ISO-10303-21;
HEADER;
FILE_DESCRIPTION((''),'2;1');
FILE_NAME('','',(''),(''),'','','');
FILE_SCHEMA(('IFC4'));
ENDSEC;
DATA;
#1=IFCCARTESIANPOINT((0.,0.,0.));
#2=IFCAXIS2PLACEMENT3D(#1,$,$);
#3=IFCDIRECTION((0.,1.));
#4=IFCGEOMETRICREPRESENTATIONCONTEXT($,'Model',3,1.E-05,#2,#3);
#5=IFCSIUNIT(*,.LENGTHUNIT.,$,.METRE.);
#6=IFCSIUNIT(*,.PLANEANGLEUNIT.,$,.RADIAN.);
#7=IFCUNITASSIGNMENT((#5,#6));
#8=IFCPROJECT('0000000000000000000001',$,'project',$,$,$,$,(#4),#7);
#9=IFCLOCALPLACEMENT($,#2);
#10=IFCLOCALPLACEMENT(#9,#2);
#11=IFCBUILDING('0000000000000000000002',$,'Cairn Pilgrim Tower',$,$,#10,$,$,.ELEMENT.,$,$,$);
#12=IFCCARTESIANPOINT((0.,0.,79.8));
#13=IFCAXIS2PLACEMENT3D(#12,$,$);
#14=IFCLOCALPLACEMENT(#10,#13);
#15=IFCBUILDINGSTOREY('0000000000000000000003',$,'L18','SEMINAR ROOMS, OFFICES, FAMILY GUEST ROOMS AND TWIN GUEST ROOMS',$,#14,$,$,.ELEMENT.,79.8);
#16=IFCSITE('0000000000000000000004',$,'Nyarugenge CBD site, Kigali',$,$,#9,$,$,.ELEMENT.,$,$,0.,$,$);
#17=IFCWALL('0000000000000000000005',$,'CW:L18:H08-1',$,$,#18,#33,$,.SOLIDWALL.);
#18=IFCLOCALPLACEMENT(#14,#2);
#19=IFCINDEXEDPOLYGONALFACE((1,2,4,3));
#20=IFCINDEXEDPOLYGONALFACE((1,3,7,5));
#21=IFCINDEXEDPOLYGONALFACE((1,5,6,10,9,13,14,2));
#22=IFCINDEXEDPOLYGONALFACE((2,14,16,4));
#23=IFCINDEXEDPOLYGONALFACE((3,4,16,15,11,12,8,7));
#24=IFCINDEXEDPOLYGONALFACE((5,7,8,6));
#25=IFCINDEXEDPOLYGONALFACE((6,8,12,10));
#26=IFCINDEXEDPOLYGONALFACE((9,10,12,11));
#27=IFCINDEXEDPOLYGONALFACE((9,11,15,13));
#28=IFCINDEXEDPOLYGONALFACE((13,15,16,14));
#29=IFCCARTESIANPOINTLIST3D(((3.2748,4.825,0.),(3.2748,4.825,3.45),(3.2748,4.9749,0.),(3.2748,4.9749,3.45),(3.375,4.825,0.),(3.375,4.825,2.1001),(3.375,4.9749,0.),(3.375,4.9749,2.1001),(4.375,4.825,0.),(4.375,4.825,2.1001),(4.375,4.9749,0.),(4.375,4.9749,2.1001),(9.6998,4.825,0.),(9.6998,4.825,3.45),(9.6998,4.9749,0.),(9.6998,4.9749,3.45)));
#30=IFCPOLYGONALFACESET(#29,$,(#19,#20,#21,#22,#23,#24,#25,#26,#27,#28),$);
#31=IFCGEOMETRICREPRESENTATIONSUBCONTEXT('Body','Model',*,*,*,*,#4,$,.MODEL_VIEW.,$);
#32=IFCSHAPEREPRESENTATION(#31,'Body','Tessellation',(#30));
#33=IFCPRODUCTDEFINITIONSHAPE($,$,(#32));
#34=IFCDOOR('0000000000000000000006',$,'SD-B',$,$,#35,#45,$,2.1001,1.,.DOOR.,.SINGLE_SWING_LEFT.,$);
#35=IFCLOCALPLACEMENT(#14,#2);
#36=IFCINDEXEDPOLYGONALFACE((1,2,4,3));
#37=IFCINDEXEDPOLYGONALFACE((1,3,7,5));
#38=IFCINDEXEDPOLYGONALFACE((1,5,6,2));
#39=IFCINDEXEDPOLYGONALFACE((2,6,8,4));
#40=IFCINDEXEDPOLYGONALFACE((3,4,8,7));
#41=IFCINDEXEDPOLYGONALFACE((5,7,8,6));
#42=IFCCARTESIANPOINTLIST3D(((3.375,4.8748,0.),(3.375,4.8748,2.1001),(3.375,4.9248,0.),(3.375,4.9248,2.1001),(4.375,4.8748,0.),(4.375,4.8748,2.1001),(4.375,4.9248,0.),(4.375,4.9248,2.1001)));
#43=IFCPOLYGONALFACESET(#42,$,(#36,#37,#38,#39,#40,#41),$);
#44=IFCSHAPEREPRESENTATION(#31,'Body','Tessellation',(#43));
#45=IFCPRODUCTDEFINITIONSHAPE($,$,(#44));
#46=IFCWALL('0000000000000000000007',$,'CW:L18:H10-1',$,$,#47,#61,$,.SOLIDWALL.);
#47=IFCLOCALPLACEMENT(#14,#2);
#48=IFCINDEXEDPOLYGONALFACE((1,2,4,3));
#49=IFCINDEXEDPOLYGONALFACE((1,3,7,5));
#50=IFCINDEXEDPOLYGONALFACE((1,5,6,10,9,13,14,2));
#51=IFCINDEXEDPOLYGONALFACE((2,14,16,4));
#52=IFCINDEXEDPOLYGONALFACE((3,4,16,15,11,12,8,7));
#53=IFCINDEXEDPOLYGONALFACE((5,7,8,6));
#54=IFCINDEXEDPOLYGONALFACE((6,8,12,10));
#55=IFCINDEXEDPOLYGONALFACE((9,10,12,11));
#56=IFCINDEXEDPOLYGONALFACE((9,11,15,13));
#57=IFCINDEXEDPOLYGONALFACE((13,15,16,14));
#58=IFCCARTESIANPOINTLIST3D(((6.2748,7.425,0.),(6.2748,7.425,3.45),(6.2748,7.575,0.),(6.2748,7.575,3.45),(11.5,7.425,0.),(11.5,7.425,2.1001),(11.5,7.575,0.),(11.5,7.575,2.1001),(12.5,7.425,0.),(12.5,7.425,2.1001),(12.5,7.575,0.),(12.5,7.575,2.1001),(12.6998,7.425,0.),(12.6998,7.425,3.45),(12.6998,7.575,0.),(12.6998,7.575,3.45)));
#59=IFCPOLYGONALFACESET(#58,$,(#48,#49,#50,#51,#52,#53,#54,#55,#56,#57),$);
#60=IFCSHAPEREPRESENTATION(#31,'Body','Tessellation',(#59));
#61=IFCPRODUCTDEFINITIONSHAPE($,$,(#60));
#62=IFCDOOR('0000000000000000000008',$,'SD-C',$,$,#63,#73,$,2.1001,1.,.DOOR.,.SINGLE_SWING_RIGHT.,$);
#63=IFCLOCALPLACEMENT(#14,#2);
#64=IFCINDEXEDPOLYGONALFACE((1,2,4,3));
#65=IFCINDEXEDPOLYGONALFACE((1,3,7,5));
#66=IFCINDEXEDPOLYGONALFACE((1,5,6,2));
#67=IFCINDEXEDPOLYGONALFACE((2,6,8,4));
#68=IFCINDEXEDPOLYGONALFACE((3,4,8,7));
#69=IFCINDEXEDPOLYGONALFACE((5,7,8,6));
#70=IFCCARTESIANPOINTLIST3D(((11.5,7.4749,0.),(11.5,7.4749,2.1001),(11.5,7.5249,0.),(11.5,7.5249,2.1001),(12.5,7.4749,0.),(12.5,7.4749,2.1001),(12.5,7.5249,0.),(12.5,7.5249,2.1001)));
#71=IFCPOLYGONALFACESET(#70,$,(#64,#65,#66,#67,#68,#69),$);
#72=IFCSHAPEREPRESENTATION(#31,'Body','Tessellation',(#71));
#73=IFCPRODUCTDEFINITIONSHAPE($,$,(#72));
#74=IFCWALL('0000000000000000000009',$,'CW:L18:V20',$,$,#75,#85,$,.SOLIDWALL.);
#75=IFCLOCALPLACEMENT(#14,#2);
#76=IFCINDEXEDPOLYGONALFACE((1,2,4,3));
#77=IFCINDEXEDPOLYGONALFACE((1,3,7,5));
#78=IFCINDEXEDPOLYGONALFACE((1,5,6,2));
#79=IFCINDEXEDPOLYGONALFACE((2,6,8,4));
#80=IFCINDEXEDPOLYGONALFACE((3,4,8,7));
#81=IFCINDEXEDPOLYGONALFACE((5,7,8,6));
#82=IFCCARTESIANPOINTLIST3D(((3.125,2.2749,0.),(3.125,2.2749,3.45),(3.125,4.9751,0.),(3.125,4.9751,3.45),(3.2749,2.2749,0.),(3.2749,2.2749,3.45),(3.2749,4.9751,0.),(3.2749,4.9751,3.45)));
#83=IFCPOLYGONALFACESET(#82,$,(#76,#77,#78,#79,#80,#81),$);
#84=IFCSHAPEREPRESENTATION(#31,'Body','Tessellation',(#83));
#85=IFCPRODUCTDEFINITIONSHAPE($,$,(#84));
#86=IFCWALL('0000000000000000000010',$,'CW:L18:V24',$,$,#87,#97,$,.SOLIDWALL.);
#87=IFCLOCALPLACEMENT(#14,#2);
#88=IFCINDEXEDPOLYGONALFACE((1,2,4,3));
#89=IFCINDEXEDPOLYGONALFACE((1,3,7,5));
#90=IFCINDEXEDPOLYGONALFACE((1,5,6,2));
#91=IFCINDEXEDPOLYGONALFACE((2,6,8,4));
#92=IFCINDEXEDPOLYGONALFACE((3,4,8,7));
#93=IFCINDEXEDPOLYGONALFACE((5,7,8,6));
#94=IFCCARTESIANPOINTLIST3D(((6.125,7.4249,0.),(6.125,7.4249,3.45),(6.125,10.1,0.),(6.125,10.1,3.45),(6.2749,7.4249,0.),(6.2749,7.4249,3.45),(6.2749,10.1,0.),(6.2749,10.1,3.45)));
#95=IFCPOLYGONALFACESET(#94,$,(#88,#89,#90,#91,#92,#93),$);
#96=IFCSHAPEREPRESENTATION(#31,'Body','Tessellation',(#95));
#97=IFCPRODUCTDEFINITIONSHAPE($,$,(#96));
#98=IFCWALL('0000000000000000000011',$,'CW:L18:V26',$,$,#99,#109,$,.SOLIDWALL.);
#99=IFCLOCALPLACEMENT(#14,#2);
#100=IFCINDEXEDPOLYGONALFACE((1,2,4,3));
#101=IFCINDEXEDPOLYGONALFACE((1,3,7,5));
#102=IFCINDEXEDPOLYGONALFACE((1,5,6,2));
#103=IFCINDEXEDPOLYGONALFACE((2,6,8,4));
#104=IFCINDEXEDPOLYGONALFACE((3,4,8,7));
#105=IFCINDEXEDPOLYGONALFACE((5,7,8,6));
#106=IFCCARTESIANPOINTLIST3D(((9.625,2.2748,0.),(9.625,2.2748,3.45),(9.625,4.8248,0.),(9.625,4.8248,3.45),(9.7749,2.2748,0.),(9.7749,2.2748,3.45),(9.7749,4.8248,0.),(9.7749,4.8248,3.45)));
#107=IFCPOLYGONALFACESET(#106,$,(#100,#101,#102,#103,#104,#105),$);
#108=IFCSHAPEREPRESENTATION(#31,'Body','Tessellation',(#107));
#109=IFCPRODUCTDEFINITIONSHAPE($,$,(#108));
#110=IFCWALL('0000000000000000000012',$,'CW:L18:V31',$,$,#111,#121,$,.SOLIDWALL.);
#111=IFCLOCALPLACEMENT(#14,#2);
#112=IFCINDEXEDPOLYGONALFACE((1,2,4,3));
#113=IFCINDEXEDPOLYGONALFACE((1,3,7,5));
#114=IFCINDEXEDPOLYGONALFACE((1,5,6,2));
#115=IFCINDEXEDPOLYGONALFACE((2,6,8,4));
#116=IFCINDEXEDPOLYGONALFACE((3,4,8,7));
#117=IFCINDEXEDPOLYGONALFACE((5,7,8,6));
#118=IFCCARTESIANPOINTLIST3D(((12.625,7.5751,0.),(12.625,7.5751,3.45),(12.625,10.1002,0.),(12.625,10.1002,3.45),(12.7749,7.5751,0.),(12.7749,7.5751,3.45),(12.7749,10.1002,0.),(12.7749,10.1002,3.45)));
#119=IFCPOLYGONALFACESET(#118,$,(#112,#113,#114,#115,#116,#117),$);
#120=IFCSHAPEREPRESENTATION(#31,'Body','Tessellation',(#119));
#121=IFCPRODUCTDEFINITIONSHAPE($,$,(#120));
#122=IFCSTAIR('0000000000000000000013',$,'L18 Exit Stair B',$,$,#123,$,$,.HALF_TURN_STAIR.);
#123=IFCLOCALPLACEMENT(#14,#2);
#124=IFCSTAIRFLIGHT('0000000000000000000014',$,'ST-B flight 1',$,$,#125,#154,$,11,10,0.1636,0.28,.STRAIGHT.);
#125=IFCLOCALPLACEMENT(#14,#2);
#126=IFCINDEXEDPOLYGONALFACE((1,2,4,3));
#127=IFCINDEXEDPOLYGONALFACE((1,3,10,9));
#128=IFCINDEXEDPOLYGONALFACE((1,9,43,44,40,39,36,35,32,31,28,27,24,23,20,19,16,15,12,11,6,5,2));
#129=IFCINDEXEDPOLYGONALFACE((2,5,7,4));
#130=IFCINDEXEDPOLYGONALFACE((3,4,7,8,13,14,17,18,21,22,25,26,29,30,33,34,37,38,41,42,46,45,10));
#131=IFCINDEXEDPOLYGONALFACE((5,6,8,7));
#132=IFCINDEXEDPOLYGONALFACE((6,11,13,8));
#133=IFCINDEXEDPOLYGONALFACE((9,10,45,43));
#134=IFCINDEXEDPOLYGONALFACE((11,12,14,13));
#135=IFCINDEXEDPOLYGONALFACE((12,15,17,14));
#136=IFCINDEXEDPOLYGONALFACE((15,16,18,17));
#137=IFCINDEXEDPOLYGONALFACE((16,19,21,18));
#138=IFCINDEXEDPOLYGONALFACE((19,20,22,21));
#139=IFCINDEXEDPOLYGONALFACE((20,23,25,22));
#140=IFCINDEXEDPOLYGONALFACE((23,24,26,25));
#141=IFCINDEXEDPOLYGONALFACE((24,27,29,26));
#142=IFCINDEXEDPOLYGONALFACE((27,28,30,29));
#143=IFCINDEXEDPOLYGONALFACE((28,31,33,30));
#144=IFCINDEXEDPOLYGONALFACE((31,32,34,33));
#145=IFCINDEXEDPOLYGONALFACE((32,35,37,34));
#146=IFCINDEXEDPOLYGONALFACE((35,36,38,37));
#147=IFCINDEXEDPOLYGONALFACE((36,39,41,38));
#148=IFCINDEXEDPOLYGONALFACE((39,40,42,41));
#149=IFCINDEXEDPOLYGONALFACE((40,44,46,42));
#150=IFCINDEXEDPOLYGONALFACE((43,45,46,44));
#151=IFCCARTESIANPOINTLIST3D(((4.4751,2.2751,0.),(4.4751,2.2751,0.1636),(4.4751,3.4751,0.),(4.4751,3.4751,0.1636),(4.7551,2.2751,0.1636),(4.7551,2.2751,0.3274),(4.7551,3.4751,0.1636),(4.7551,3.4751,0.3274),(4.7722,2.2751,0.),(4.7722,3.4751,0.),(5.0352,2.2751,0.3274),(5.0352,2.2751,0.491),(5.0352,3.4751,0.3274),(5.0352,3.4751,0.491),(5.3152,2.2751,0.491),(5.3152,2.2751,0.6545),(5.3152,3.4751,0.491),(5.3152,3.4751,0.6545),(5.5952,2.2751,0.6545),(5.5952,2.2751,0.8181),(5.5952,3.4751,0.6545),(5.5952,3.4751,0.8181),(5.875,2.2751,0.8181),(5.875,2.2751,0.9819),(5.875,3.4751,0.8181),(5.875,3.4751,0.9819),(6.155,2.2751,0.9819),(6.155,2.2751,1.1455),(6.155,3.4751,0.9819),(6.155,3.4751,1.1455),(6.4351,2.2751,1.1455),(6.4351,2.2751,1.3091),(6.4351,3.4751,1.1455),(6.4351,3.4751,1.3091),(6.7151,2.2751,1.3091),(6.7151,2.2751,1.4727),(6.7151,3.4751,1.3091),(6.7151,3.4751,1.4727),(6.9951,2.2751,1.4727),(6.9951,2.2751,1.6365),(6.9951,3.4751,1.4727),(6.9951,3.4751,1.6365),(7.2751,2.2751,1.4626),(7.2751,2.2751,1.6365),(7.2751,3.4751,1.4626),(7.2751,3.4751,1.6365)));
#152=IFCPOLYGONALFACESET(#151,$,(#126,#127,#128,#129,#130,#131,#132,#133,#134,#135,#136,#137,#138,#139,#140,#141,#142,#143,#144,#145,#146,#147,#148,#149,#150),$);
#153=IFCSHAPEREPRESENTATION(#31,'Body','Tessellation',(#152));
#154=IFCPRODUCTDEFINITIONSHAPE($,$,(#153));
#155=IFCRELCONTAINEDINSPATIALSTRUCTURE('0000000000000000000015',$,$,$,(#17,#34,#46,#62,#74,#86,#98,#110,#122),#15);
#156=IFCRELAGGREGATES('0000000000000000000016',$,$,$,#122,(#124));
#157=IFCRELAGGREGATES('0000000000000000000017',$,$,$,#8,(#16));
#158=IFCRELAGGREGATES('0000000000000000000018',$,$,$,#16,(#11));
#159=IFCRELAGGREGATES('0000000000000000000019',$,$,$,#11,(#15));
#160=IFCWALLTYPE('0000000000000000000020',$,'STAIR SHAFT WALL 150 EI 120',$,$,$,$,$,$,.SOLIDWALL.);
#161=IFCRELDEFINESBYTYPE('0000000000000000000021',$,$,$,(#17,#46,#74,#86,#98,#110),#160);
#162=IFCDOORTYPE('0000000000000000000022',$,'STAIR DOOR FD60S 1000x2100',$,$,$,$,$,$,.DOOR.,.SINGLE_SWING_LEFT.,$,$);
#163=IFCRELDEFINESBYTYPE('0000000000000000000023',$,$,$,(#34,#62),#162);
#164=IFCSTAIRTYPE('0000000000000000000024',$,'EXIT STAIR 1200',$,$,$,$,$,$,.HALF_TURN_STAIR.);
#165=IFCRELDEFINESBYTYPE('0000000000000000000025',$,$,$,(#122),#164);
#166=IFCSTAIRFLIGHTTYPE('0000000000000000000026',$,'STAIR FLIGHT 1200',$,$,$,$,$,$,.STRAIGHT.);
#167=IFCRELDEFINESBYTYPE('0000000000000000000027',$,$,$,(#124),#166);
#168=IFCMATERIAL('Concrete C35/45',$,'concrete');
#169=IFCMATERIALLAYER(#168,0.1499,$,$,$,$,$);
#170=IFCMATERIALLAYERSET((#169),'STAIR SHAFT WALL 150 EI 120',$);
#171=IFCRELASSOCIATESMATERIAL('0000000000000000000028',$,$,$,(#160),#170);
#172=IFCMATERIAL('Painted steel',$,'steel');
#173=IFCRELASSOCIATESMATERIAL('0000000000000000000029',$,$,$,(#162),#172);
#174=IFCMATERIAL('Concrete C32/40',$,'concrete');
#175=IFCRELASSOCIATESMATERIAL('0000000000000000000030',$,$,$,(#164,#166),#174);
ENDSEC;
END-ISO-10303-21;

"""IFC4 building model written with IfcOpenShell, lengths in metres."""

from ifc_helpers import new_model, si_unit, direction, frame, frame_2d, origin, place, context, subcontext, project, spatial, polyline, rectangle, outline, extrude, material, layer, layer_set, type_object, element, fill, aggregate, save


model = new_model("IFC4")

# Units and contexts
model_context = context("Model", 3, precision=1e-05, world=origin(), true_north=direction((0.0, 1.0)))
body_context = subcontext(model_context, "Body", "Model", "MODEL_VIEW")
ifc_project = project(units=[si_unit("LENGTHUNIT", "METRE"), si_unit("PLANEANGLEUNIT", "RADIAN")], contexts=[model_context])

# Site, building, storey
site_placement = place(None, origin())
site = spatial("IfcSite", under=ifc_project, at=site_placement, Name="Nyarugenge CBD site, Kigali", CompositionType="ELEMENT", RefElevation=0.0)
building_placement = place(site_placement, origin())
building = spatial("IfcBuilding", under=site, at=building_placement, Name="Cairn Pilgrim Tower", CompositionType="ELEMENT")
storey_placement = place(building_placement, frame((0.0, 0.0, 79.8)))
storey = spatial("IfcBuildingStorey", under=building, at=storey_placement, Name="L18", Description="SEMINAR ROOMS, OFFICES, FAMILY GUEST ROOMS AND TWIN GUEST ROOMS", CompositionType="ELEMENT", Elevation=79.8)

# Shared definitions
ifc_material_1 = material(Name="Concrete C32/40", Category="concrete")

# Shared definitions
ifc_material_2 = material(Name="Painted steel", Category="steel")

# Shared definitions
ifc_material_3 = material(Name="Concrete C35/45", Category="concrete")
ifc_layer_1 = layer(ifc_material_3, 0.1499)
ifc_layer_set_1 = layer_set([ifc_layer_1], Name="STAIR SHAFT WALL 150 EI 120")
wall_type_1 = type_object("IfcWallType", Name="STAIR SHAFT WALL 150 EI 120", PredefinedType="SOLIDWALL", material=ifc_layer_set_1)

# Walls, openings, doors
wall_1_placement = place(storey_placement, frame((3.2749, 4.8999, 0.0), z_axis=(0.0, 0.0, 1.0), x_axis=(1.0, 0.0, 0.0)))
wall_1 = element("IfcWall", 1, at=wall_1_placement, inside=storey, type_object=wall_type_1, Name="CW:L18:H08-1", PredefinedType="SOLIDWALL", context=body_context, shape_type="SweptSolid", body=[
    extrude(rectangle(XDim=6.425, YDim=0.1499, at=frame_2d((3.2124, 0.0))), origin(), (0.0, 0.0, 1.0), 3.45),
])
opening_1_placement = place(wall_1_placement, frame((0.1001, 0.0, 0.0)))
opening_1 = element("IfcOpeningElement", 2, at=opening_1_placement, cuts=wall_1, PredefinedType="OPENING", context=body_context, shape_type="SweptSolid", body=[
    extrude(rectangle(XDim=1.0, YDim=2.1001, at=frame_2d((0.5, 1.05))), frame((0.0, 0.085, 0.0), z_axis=(0.0, -1.0, 0.0), x_axis=(1.0, 0.0, 0.0)), (0.0, 0.0, 1.0), 0.1699),
])
door_type_1 = type_object("IfcDoorType", Name="STAIR DOOR FD60S 1000x2100", OperationType="SINGLE_SWING_LEFT", PredefinedType="DOOR", material=ifc_material_2)
door_1_placement = place(opening_1_placement, origin())
door_1 = element("IfcDoor", 3, at=door_1_placement, inside=storey, type_object=door_type_1, Name="SD-B", OperationType="SINGLE_SWING_LEFT", OverallHeight=2.1001, OverallWidth=1.0, PredefinedType="DOOR", context=body_context, shape_type="SweptSolid", body=[
    extrude(rectangle(XDim=1.0, YDim=2.1001, at=frame_2d((0.5, 1.05))), frame((0.0, 0.0249, 0.0), z_axis=(0.0, -1.0, 0.0), x_axis=(1.0, 0.0, 0.0)), (0.0, 0.0, 1.0), 0.05),
])
fill(opening_1, door_1)
wall_2_placement = place(storey_placement, frame((6.2749, 7.5, 0.0), z_axis=(0.0, 0.0, 1.0), x_axis=(1.0, 0.0, 0.0)))
wall_2 = element("IfcWall", 4, at=wall_2_placement, inside=storey, type_object=wall_type_1, Name="CW:L18:H10-1", PredefinedType="SOLIDWALL", context=body_context, shape_type="SweptSolid", body=[
    extrude(rectangle(XDim=6.425, YDim=0.1499, at=frame_2d((3.2124, 0.0))), origin(), (0.0, 0.0, 1.0), 3.45),
])
opening_2_placement = place(wall_2_placement, frame((5.2251, 0.0, 0.0)))
opening_2 = element("IfcOpeningElement", 5, at=opening_2_placement, cuts=wall_2, PredefinedType="OPENING", context=body_context, shape_type="SweptSolid", body=[
    extrude(rectangle(XDim=1.0, YDim=2.1001, at=frame_2d((0.5, 1.05))), frame((0.0, 0.085, 0.0), z_axis=(0.0, -1.0, 0.0), x_axis=(1.0, 0.0, 0.0)), (0.0, 0.0, 1.0), 0.1699),
])
door_2_placement = place(opening_2_placement, origin())
door_2 = element("IfcDoor", 6, at=door_2_placement, inside=storey, type_object=door_type_1, Name="SD-C", OperationType="SINGLE_SWING_RIGHT", OverallHeight=2.1001, OverallWidth=1.0, PredefinedType="DOOR", context=body_context, shape_type="SweptSolid", body=[
    extrude(rectangle(XDim=1.0, YDim=2.1001, at=frame_2d((0.5, 1.05))), frame((0.0, 0.0249, 0.0), z_axis=(0.0, -1.0, 0.0), x_axis=(1.0, 0.0, 0.0)), (0.0, 0.0, 1.0), 0.05),
])
fill(opening_2, door_2)

# Walls
wall_3_placement = place(storey_placement, frame((3.2, 2.2749, 0.0), z_axis=(0.0, 0.0, 1.0), x_axis=(0.0, 1.0, 0.0)))
element("IfcWall", 7, at=wall_3_placement, inside=storey, type_object=wall_type_1, Name="CW:L18:V20", PredefinedType="SOLIDWALL", context=body_context, shape_type="SweptSolid", body=[
    extrude(rectangle(XDim=2.7002, YDim=0.1499, at=frame_2d((1.3501, 0.0))), origin(), (0.0, 0.0, 1.0), 3.45),
])
wall_4_placement = place(storey_placement, frame((6.2, 7.425, 0.0), z_axis=(0.0, 0.0, 1.0), x_axis=(0.0, 1.0, 0.0)))
element("IfcWall", 8, at=wall_4_placement, inside=storey, type_object=wall_type_1, Name="CW:L18:V24", PredefinedType="SOLIDWALL", context=body_context, shape_type="SweptSolid", body=[
    extrude(rectangle(XDim=2.675, YDim=0.1499, at=frame_2d((1.3374, 0.0))), origin(), (0.0, 0.0, 1.0), 3.45),
])
wall_5_placement = place(storey_placement, frame((9.7, 2.2749, 0.0), z_axis=(0.0, 0.0, 1.0), x_axis=(0.0, 1.0, 0.0)))
element("IfcWall", 9, at=wall_5_placement, inside=storey, type_object=wall_type_1, Name="CW:L18:V26", PredefinedType="SOLIDWALL", context=body_context, shape_type="SweptSolid", body=[
    extrude(rectangle(XDim=2.55, YDim=0.1499, at=frame_2d((1.2749, 0.0))), origin(), (0.0, 0.0, 1.0), 3.45),
])
wall_6_placement = place(storey_placement, frame((12.7, 7.575, 0.0), z_axis=(0.0, 0.0, 1.0), x_axis=(0.0, 1.0, 0.0)))
element("IfcWall", 10, at=wall_6_placement, inside=storey, type_object=wall_type_1, Name="CW:L18:V31", PredefinedType="SOLIDWALL", context=body_context, shape_type="SweptSolid", body=[
    extrude(rectangle(XDim=2.5251, YDim=0.1499, at=frame_2d((1.2627, 0.0))), origin(), (0.0, 0.0, 1.0), 3.45),
])

# Stair, stair flight
stair_type = type_object("IfcStairType", Name="EXIT STAIR 1200", PredefinedType="HALF_TURN_STAIR", material=ifc_material_1)
stair_1_placement = place(storey_placement, origin())
stair_1 = element("IfcStair", 11, at=stair_1_placement, inside=storey, type_object=stair_type, Name="L18 Exit Stair B", PredefinedType="HALF_TURN_STAIR")
stair_flight_type = type_object("IfcStairFlightType", Name="STAIR FLIGHT 1200", PredefinedType="STRAIGHT", material=ifc_material_1)
stair_flight_1_placement = place(storey_placement, frame((4.4751, 2.875, 0.0), z_axis=(0.0, 0.0, 1.0), x_axis=(1.0, 0.0, 0.0)))
stair_flight_1 = element("IfcStairFlight", 12, at=stair_flight_1_placement, type_object=stair_flight_type, Name="ST-B flight 1", NumberOfRisers=11, NumberOfTreads=10, PredefinedType="STRAIGHT", RiserHeight=0.1636, TreadLength=0.28, context=body_context, shape_type="SweptSolid", body=[
    extrude(outline(polyline([(0.0, 0.0), (0.0, 0.1636), (0.28, 0.1636), (0.28, 0.3274), (0.5601, 0.3274), (0.5601, 0.491), (0.8401, 0.491), (0.8401, 0.6545), (1.1201, 0.6545), (1.1201, 0.8181), (1.3999, 0.8181), (1.3999, 0.9819), (1.6799, 0.9819), (1.6799, 1.1455), (1.96, 1.1455), (1.96, 1.3091), (2.24, 1.3091), (2.24, 1.4727), (2.52, 1.4727), (2.52, 1.6365), (2.8, 1.6365), (2.8, 1.8), (2.8, 1.4626), (0.2971, 0.0), (0.0, 0.0)])), frame((0.0, 0.6001, 0.0), z_axis=(0.0, -1.0, 0.0), x_axis=(1.0, 0.0, 0.0)), (0.0, 0.0, 1.0), 1.2),
])
aggregate(stair_1, [stair_flight_1])

save(model, "model.ifc")
